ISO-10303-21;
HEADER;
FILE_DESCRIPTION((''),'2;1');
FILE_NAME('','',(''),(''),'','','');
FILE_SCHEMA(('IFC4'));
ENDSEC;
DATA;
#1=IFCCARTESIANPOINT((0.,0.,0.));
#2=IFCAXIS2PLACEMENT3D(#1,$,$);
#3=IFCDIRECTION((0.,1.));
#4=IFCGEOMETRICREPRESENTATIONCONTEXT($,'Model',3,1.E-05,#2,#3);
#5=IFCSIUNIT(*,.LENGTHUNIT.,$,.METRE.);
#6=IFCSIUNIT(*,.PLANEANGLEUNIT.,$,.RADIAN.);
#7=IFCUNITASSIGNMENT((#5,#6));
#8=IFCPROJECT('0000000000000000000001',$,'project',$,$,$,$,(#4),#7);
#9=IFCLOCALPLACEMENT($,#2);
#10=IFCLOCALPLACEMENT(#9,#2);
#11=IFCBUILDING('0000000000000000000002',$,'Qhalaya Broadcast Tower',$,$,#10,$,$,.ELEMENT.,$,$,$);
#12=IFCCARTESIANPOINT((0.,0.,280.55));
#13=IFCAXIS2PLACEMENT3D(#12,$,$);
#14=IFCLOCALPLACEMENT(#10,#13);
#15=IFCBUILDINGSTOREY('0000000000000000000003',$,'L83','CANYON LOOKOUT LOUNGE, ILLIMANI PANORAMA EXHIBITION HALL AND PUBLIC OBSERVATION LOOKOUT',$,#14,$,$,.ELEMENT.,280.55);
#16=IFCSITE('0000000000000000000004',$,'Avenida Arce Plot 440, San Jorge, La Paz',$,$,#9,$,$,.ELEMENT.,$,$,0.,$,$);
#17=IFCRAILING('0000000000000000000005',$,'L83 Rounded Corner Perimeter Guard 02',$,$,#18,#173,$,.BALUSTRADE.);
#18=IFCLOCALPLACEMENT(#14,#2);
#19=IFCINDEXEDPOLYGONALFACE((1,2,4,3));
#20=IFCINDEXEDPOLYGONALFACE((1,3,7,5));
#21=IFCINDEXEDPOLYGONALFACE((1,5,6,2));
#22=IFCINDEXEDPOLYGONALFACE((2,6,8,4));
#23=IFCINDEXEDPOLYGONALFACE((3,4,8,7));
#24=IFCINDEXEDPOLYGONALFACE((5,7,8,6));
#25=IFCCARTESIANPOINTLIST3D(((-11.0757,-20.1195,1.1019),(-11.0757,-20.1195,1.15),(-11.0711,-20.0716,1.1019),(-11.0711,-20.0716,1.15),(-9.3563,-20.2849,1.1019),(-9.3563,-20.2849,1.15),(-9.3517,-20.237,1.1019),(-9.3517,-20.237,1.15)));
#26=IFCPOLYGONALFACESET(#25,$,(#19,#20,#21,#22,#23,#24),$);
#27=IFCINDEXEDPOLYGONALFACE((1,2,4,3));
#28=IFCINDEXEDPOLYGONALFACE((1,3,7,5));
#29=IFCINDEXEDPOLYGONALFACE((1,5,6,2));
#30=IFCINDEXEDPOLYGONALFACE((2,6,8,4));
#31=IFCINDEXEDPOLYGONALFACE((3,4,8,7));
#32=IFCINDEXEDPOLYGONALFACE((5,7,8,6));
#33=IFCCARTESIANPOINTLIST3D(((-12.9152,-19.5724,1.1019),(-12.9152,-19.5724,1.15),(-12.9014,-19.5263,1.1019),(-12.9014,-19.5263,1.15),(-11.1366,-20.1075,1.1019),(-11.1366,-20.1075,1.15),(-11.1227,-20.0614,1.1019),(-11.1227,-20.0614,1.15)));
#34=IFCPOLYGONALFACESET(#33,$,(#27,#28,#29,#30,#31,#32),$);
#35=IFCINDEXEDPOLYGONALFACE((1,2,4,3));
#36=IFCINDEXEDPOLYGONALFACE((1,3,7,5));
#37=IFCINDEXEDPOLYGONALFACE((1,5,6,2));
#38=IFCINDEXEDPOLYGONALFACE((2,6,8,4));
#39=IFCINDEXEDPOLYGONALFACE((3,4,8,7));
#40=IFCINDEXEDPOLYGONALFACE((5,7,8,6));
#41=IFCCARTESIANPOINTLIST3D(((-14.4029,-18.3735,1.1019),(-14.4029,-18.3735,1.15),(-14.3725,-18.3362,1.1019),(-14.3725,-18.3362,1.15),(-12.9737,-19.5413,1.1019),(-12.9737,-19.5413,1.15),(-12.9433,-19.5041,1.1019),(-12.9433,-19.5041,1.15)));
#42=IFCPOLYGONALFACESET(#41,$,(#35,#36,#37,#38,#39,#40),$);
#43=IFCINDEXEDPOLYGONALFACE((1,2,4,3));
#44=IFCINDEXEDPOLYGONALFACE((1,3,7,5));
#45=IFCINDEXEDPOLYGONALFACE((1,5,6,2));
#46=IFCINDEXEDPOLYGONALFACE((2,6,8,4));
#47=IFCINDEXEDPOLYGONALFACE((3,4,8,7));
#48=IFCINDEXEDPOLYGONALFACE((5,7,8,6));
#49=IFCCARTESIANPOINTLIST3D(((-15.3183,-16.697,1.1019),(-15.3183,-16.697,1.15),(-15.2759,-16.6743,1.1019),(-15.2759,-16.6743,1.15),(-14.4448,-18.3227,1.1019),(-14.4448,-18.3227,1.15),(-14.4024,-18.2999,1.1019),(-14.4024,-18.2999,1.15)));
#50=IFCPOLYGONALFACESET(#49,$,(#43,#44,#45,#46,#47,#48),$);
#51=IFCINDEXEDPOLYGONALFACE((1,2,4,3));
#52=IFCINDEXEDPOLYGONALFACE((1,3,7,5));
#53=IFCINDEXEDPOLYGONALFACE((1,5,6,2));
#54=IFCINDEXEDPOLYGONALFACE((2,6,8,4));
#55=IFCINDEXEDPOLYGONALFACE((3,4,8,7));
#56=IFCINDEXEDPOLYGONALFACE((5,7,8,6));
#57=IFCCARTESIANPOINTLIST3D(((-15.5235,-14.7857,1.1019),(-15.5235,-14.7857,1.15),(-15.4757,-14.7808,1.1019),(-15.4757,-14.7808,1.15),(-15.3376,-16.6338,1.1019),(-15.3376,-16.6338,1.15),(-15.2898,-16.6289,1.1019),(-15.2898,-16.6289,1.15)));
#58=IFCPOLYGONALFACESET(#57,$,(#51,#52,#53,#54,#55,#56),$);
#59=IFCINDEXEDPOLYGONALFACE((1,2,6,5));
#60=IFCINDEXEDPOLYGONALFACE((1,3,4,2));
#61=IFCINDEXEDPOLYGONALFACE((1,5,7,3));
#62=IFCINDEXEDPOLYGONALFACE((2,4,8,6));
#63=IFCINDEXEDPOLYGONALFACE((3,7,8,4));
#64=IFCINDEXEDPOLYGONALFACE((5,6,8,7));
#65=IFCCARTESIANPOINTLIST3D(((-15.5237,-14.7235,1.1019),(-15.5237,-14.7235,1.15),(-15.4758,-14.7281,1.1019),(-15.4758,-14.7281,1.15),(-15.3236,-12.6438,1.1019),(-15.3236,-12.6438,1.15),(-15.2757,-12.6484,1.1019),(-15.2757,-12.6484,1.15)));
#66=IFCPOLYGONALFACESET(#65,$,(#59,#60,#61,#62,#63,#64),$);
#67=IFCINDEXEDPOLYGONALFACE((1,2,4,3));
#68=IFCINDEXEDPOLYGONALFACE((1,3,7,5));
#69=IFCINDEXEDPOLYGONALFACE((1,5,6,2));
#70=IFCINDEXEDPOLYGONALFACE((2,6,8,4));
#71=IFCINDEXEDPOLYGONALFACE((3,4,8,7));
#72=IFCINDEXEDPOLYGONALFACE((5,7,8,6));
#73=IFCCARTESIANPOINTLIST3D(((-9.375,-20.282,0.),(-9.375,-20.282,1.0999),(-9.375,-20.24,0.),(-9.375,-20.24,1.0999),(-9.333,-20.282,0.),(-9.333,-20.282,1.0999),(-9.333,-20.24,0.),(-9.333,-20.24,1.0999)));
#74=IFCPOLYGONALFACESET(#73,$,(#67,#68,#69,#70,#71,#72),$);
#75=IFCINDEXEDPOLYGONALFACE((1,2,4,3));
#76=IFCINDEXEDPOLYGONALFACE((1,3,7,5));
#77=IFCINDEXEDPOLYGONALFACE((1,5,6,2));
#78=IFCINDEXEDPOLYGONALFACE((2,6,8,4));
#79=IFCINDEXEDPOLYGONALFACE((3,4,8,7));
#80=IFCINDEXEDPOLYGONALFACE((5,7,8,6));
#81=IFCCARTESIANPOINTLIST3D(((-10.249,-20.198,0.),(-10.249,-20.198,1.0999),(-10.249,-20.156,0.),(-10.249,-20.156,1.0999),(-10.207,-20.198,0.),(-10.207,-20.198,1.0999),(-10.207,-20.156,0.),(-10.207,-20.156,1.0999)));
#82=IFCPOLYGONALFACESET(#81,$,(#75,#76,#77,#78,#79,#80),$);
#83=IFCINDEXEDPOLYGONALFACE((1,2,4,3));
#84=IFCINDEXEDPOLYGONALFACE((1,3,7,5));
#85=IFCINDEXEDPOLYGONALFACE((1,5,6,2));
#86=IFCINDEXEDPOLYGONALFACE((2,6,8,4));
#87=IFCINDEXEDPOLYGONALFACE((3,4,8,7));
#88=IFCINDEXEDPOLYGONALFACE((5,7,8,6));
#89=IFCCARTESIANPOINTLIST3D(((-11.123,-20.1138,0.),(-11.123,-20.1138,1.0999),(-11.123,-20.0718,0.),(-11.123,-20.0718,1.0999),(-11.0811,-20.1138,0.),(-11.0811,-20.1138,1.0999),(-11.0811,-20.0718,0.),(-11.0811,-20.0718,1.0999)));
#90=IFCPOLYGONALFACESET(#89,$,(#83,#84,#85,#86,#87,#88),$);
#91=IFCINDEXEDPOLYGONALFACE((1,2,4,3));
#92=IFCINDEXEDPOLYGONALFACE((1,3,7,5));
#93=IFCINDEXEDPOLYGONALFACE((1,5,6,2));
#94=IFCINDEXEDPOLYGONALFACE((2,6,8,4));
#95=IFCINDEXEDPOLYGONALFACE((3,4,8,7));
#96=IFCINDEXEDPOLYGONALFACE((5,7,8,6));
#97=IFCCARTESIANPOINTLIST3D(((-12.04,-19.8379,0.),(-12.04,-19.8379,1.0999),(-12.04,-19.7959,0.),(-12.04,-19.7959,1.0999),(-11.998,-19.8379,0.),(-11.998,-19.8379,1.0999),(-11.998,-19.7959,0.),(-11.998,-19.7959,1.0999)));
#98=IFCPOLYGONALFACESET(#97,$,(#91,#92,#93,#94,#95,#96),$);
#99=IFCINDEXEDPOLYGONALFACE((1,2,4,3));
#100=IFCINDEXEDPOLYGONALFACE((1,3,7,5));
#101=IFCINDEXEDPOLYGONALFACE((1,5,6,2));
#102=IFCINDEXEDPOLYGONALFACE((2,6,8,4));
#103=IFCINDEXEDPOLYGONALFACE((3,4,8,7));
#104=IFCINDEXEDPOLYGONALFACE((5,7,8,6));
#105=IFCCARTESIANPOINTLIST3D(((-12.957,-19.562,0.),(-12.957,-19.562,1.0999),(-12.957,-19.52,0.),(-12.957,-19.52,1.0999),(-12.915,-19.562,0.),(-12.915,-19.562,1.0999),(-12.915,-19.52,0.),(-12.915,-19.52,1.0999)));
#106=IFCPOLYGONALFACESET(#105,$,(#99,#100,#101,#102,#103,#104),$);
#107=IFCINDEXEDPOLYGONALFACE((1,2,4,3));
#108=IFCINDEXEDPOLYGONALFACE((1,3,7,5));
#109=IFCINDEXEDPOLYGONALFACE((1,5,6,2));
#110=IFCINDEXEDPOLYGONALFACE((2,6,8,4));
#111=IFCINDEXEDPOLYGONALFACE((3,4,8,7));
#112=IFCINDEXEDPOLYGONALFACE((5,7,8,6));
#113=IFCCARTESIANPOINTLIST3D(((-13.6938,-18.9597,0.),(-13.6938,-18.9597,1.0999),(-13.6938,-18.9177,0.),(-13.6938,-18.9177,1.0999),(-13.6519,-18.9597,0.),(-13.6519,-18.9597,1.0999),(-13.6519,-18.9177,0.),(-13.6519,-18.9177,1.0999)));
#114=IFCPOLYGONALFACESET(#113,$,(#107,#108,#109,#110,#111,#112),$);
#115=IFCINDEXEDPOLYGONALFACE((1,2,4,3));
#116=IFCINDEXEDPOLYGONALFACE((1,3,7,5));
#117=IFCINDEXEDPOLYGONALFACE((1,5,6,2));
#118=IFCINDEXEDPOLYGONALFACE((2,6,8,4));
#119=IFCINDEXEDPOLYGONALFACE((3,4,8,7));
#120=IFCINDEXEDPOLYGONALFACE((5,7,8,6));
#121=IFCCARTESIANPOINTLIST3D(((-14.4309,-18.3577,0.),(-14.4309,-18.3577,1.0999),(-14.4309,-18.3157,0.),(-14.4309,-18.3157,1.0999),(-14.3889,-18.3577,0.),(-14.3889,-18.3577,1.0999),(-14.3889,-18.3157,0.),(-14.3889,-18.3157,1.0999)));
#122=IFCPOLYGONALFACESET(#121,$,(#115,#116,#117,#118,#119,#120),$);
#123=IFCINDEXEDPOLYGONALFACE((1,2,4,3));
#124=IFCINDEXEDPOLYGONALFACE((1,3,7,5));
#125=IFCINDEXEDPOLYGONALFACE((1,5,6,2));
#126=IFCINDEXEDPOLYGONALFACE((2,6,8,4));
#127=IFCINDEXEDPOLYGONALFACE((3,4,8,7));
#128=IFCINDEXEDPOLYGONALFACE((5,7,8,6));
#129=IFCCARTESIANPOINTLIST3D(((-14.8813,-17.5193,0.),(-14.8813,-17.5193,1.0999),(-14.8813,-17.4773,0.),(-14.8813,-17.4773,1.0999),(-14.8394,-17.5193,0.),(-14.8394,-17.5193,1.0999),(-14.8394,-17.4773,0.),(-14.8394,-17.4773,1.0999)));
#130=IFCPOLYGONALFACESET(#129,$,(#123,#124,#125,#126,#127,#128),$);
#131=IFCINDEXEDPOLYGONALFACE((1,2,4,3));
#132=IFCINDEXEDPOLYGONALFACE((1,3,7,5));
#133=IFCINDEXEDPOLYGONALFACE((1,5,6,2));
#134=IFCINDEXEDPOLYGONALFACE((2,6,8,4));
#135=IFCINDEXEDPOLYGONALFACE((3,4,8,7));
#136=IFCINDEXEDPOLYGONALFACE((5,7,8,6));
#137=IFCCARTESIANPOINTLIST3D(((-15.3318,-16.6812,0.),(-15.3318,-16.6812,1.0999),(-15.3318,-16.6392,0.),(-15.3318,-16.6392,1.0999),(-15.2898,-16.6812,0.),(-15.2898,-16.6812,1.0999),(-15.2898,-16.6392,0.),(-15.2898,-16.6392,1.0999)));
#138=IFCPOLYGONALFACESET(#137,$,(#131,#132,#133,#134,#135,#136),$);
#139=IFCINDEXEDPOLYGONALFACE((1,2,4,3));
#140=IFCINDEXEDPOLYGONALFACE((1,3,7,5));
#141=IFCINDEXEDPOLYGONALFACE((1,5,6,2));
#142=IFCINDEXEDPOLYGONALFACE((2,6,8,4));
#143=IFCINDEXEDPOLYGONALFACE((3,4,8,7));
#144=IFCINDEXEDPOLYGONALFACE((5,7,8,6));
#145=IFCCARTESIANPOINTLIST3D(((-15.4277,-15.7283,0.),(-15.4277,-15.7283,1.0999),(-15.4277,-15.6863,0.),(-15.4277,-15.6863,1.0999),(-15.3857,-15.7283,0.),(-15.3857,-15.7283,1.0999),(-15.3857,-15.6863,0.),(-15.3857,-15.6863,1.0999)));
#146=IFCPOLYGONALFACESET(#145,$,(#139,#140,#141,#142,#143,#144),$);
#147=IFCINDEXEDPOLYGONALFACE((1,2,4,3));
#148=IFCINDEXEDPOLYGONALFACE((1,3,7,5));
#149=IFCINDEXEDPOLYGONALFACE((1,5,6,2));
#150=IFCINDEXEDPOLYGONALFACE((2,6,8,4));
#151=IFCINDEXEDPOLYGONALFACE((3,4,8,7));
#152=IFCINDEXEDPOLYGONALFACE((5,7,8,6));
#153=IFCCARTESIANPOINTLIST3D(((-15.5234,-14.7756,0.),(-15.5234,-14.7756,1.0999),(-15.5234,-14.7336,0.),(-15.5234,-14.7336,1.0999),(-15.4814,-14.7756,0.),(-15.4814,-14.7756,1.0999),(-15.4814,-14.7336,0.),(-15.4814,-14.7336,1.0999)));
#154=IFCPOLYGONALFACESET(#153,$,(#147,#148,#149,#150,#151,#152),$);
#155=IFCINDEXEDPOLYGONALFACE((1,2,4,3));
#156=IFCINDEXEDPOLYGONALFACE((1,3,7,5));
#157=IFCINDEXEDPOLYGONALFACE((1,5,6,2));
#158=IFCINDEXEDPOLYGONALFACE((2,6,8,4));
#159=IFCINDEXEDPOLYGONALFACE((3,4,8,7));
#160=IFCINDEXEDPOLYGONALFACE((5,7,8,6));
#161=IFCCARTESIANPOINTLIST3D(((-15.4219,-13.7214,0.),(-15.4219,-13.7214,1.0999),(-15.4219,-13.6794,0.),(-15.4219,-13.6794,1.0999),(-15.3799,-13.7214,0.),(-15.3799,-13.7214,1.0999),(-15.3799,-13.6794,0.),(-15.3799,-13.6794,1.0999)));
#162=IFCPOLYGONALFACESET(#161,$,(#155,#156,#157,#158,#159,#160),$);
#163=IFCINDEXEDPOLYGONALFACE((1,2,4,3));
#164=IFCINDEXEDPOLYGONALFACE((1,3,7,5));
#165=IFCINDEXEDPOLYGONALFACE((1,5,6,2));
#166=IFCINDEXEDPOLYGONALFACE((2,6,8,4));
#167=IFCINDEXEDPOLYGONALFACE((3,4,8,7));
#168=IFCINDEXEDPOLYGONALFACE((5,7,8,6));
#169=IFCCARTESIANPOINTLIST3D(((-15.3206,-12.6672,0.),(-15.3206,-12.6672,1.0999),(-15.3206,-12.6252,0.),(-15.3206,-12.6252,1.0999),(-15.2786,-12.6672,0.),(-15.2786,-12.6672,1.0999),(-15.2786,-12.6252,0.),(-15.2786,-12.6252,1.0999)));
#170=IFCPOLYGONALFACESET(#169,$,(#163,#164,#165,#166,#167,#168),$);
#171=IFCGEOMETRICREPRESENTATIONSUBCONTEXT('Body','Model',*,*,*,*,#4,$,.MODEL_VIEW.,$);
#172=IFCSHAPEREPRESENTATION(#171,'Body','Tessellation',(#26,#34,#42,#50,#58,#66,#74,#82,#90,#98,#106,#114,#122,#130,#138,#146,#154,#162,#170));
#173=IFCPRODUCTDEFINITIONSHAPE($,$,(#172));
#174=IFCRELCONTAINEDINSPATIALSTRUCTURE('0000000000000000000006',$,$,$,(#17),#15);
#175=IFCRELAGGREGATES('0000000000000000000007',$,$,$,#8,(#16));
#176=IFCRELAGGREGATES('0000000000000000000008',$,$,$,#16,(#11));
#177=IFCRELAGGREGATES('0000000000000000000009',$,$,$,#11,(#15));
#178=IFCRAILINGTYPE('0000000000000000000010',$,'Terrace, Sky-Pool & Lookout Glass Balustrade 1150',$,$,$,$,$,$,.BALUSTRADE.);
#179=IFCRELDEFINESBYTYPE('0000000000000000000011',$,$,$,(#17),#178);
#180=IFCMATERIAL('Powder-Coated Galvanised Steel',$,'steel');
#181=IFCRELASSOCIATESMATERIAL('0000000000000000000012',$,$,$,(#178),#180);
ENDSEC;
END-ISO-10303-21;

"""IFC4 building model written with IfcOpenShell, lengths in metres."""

from ifc_helpers import new_model, si_unit, direction, frame, origin, origin_2d, place, context, subcontext, project, spatial, rectangle, extrude, material, type_object, element, save


model = new_model("IFC4")

# Units and contexts
model_context = context("Model", 3, precision=1e-05, world=origin(), true_north=direction((0.0, 1.0)))
body_context = subcontext(model_context, "Body", "Model", "MODEL_VIEW")
ifc_project = project(units=[si_unit("LENGTHUNIT", "METRE"), si_unit("PLANEANGLEUNIT", "RADIAN")], contexts=[model_context])

# Site, building, storey
site_placement = place(None, origin())
site = spatial("IfcSite", under=ifc_project, at=site_placement, Name="Avenida Arce Plot 440, San Jorge, La Paz", CompositionType="ELEMENT", RefElevation=0.0)
building_placement = place(site_placement, origin())
building = spatial("IfcBuilding", under=site, at=building_placement, Name="Qhalaya Broadcast Tower", CompositionType="ELEMENT")
storey_placement = place(building_placement, frame((0.0, 0.0, 280.55)))
storey = spatial("IfcBuildingStorey", under=building, at=storey_placement, Name="L83", Description="CANYON LOOKOUT LOUNGE, ILLIMANI PANORAMA EXHIBITION HALL AND PUBLIC OBSERVATION LOOKOUT", CompositionType="ELEMENT", Elevation=280.55)

# Railing
ifc_material_1 = material(Name="Powder-Coated Galvanised Steel", Category="steel")
railing_type = type_object("IfcRailingType", Name="Terrace, Sky-Pool & Lookout Glass Balustrade 1150", PredefinedType="BALUSTRADE", material=ifc_material_1)
railing_placement = place(storey_placement, frame((-9.354, -20.261, 0.0)))
element("IfcRailing", 1, at=railing_placement, inside=storey, type_object=railing_type, Name="L83 Rounded Corner Perimeter Guard 02", PredefinedType="BALUSTRADE", context=body_context, shape_type="SweptSolid", body=[
    extrude(rectangle(XDim=0.0481, YDim=0.0481, at=origin_2d()), frame((0.0, 0.0, 1.126), z_axis=(-0.995402, 0.095787, 0.0), x_axis=(-0.095787, -0.995402, 0.0)), (0.0, 0.0, 1.0), 1.7273),
    extrude(rectangle(XDim=0.0481, YDim=0.0481, at=origin_2d()), frame((-1.7756, 0.1765, 1.126), z_axis=(-0.957601, 0.288096, 0.0), x_axis=(-0.288096, -0.957601, 0.0)), (0.0, 0.0, 1.0), 1.8574),
    extrude(rectangle(XDim=0.0481, YDim=0.0481, at=origin_2d()), frame((-3.6045, 0.7383, 1.126), z_axis=(-0.774357, 0.632749, 0.0), x_axis=(-0.632749, -0.774357, 0.0)), (0.0, 0.0, 1.0), 1.8457),
    extrude(rectangle(XDim=0.0481, YDim=0.0481, at=origin_2d()), frame((-5.0696, 1.9497, 1.126), z_axis=(-0.473342, 0.880879, 0.0), x_axis=(-0.880879, -0.473342, 0.0)), (0.0, 0.0, 1.0), 1.8455),
    extrude(rectangle(XDim=0.0481, YDim=0.0481, at=origin_2d()), frame((-5.9597, 3.6296, 1.126), z_axis=(-0.100072, 0.99498, 0.0), x_axis=(-0.99498, -0.100072, 0.0)), (0.0, 0.0, 1.0), 1.8574),
    extrude(rectangle(XDim=0.0481, YDim=0.0481, at=origin_2d()), frame((-6.1458, 5.5352, 1.126), z_axis=(0.095783, 0.995402, 0.0), x_axis=(-0.995402, 0.095783, 0.0)), (0.0, 0.0, 1.0), 2.0894),
    extrude(rectangle(XDim=0.042, YDim=0.042, at=origin_2d()), origin(), (0.0, 0.0, 1.0), 1.0999),
    extrude(rectangle(XDim=0.042, YDim=0.042, at=origin_2d()), frame((-0.874, 0.084, 0.0)), (0.0, 0.0, 1.0), 1.0999),
    extrude(rectangle(XDim=0.042, YDim=0.042, at=origin_2d()), frame((-1.748, 0.1682, 0.0)), (0.0, 0.0, 1.0), 1.0999),
    extrude(rectangle(XDim=0.042, YDim=0.042, at=origin_2d()), frame((-2.665, 0.4441, 0.0)), (0.0, 0.0, 1.0), 1.0999),
    extrude(rectangle(XDim=0.042, YDim=0.042, at=origin_2d()), frame((-3.582, 0.72, 0.0)), (0.0, 0.0, 1.0), 1.0999),
    extrude(rectangle(XDim=0.042, YDim=0.042, at=origin_2d()), frame((-4.3188, 1.3223, 0.0)), (0.0, 0.0, 1.0), 1.0999),
    extrude(rectangle(XDim=0.042, YDim=0.042, at=origin_2d()), frame((-5.0559, 1.9243, 0.0)), (0.0, 0.0, 1.0), 1.0999),
    extrude(rectangle(XDim=0.042, YDim=0.042, at=origin_2d()), frame((-5.5063, 2.7627, 0.0)), (0.0, 0.0, 1.0), 1.0999),
    extrude(rectangle(XDim=0.042, YDim=0.042, at=origin_2d()), frame((-5.9568, 3.6008, 0.0)), (0.0, 0.0, 1.0), 1.0999),
    extrude(rectangle(XDim=0.042, YDim=0.042, at=origin_2d()), frame((-6.0527, 4.5537, 0.0)), (0.0, 0.0, 1.0), 1.0999),
    extrude(rectangle(XDim=0.042, YDim=0.042, at=origin_2d()), frame((-6.1484, 5.5063, 0.0)), (0.0, 0.0, 1.0), 1.0999),
    extrude(rectangle(XDim=0.042, YDim=0.042, at=origin_2d()), frame((-6.0469, 6.5605, 0.0)), (0.0, 0.0, 1.0), 1.0999),
    extrude(rectangle(XDim=0.042, YDim=0.042, at=origin_2d()), frame((-5.9456, 7.6147, 0.0)), (0.0, 0.0, 1.0), 1.0999),
])

save(model, "model.ifc")
